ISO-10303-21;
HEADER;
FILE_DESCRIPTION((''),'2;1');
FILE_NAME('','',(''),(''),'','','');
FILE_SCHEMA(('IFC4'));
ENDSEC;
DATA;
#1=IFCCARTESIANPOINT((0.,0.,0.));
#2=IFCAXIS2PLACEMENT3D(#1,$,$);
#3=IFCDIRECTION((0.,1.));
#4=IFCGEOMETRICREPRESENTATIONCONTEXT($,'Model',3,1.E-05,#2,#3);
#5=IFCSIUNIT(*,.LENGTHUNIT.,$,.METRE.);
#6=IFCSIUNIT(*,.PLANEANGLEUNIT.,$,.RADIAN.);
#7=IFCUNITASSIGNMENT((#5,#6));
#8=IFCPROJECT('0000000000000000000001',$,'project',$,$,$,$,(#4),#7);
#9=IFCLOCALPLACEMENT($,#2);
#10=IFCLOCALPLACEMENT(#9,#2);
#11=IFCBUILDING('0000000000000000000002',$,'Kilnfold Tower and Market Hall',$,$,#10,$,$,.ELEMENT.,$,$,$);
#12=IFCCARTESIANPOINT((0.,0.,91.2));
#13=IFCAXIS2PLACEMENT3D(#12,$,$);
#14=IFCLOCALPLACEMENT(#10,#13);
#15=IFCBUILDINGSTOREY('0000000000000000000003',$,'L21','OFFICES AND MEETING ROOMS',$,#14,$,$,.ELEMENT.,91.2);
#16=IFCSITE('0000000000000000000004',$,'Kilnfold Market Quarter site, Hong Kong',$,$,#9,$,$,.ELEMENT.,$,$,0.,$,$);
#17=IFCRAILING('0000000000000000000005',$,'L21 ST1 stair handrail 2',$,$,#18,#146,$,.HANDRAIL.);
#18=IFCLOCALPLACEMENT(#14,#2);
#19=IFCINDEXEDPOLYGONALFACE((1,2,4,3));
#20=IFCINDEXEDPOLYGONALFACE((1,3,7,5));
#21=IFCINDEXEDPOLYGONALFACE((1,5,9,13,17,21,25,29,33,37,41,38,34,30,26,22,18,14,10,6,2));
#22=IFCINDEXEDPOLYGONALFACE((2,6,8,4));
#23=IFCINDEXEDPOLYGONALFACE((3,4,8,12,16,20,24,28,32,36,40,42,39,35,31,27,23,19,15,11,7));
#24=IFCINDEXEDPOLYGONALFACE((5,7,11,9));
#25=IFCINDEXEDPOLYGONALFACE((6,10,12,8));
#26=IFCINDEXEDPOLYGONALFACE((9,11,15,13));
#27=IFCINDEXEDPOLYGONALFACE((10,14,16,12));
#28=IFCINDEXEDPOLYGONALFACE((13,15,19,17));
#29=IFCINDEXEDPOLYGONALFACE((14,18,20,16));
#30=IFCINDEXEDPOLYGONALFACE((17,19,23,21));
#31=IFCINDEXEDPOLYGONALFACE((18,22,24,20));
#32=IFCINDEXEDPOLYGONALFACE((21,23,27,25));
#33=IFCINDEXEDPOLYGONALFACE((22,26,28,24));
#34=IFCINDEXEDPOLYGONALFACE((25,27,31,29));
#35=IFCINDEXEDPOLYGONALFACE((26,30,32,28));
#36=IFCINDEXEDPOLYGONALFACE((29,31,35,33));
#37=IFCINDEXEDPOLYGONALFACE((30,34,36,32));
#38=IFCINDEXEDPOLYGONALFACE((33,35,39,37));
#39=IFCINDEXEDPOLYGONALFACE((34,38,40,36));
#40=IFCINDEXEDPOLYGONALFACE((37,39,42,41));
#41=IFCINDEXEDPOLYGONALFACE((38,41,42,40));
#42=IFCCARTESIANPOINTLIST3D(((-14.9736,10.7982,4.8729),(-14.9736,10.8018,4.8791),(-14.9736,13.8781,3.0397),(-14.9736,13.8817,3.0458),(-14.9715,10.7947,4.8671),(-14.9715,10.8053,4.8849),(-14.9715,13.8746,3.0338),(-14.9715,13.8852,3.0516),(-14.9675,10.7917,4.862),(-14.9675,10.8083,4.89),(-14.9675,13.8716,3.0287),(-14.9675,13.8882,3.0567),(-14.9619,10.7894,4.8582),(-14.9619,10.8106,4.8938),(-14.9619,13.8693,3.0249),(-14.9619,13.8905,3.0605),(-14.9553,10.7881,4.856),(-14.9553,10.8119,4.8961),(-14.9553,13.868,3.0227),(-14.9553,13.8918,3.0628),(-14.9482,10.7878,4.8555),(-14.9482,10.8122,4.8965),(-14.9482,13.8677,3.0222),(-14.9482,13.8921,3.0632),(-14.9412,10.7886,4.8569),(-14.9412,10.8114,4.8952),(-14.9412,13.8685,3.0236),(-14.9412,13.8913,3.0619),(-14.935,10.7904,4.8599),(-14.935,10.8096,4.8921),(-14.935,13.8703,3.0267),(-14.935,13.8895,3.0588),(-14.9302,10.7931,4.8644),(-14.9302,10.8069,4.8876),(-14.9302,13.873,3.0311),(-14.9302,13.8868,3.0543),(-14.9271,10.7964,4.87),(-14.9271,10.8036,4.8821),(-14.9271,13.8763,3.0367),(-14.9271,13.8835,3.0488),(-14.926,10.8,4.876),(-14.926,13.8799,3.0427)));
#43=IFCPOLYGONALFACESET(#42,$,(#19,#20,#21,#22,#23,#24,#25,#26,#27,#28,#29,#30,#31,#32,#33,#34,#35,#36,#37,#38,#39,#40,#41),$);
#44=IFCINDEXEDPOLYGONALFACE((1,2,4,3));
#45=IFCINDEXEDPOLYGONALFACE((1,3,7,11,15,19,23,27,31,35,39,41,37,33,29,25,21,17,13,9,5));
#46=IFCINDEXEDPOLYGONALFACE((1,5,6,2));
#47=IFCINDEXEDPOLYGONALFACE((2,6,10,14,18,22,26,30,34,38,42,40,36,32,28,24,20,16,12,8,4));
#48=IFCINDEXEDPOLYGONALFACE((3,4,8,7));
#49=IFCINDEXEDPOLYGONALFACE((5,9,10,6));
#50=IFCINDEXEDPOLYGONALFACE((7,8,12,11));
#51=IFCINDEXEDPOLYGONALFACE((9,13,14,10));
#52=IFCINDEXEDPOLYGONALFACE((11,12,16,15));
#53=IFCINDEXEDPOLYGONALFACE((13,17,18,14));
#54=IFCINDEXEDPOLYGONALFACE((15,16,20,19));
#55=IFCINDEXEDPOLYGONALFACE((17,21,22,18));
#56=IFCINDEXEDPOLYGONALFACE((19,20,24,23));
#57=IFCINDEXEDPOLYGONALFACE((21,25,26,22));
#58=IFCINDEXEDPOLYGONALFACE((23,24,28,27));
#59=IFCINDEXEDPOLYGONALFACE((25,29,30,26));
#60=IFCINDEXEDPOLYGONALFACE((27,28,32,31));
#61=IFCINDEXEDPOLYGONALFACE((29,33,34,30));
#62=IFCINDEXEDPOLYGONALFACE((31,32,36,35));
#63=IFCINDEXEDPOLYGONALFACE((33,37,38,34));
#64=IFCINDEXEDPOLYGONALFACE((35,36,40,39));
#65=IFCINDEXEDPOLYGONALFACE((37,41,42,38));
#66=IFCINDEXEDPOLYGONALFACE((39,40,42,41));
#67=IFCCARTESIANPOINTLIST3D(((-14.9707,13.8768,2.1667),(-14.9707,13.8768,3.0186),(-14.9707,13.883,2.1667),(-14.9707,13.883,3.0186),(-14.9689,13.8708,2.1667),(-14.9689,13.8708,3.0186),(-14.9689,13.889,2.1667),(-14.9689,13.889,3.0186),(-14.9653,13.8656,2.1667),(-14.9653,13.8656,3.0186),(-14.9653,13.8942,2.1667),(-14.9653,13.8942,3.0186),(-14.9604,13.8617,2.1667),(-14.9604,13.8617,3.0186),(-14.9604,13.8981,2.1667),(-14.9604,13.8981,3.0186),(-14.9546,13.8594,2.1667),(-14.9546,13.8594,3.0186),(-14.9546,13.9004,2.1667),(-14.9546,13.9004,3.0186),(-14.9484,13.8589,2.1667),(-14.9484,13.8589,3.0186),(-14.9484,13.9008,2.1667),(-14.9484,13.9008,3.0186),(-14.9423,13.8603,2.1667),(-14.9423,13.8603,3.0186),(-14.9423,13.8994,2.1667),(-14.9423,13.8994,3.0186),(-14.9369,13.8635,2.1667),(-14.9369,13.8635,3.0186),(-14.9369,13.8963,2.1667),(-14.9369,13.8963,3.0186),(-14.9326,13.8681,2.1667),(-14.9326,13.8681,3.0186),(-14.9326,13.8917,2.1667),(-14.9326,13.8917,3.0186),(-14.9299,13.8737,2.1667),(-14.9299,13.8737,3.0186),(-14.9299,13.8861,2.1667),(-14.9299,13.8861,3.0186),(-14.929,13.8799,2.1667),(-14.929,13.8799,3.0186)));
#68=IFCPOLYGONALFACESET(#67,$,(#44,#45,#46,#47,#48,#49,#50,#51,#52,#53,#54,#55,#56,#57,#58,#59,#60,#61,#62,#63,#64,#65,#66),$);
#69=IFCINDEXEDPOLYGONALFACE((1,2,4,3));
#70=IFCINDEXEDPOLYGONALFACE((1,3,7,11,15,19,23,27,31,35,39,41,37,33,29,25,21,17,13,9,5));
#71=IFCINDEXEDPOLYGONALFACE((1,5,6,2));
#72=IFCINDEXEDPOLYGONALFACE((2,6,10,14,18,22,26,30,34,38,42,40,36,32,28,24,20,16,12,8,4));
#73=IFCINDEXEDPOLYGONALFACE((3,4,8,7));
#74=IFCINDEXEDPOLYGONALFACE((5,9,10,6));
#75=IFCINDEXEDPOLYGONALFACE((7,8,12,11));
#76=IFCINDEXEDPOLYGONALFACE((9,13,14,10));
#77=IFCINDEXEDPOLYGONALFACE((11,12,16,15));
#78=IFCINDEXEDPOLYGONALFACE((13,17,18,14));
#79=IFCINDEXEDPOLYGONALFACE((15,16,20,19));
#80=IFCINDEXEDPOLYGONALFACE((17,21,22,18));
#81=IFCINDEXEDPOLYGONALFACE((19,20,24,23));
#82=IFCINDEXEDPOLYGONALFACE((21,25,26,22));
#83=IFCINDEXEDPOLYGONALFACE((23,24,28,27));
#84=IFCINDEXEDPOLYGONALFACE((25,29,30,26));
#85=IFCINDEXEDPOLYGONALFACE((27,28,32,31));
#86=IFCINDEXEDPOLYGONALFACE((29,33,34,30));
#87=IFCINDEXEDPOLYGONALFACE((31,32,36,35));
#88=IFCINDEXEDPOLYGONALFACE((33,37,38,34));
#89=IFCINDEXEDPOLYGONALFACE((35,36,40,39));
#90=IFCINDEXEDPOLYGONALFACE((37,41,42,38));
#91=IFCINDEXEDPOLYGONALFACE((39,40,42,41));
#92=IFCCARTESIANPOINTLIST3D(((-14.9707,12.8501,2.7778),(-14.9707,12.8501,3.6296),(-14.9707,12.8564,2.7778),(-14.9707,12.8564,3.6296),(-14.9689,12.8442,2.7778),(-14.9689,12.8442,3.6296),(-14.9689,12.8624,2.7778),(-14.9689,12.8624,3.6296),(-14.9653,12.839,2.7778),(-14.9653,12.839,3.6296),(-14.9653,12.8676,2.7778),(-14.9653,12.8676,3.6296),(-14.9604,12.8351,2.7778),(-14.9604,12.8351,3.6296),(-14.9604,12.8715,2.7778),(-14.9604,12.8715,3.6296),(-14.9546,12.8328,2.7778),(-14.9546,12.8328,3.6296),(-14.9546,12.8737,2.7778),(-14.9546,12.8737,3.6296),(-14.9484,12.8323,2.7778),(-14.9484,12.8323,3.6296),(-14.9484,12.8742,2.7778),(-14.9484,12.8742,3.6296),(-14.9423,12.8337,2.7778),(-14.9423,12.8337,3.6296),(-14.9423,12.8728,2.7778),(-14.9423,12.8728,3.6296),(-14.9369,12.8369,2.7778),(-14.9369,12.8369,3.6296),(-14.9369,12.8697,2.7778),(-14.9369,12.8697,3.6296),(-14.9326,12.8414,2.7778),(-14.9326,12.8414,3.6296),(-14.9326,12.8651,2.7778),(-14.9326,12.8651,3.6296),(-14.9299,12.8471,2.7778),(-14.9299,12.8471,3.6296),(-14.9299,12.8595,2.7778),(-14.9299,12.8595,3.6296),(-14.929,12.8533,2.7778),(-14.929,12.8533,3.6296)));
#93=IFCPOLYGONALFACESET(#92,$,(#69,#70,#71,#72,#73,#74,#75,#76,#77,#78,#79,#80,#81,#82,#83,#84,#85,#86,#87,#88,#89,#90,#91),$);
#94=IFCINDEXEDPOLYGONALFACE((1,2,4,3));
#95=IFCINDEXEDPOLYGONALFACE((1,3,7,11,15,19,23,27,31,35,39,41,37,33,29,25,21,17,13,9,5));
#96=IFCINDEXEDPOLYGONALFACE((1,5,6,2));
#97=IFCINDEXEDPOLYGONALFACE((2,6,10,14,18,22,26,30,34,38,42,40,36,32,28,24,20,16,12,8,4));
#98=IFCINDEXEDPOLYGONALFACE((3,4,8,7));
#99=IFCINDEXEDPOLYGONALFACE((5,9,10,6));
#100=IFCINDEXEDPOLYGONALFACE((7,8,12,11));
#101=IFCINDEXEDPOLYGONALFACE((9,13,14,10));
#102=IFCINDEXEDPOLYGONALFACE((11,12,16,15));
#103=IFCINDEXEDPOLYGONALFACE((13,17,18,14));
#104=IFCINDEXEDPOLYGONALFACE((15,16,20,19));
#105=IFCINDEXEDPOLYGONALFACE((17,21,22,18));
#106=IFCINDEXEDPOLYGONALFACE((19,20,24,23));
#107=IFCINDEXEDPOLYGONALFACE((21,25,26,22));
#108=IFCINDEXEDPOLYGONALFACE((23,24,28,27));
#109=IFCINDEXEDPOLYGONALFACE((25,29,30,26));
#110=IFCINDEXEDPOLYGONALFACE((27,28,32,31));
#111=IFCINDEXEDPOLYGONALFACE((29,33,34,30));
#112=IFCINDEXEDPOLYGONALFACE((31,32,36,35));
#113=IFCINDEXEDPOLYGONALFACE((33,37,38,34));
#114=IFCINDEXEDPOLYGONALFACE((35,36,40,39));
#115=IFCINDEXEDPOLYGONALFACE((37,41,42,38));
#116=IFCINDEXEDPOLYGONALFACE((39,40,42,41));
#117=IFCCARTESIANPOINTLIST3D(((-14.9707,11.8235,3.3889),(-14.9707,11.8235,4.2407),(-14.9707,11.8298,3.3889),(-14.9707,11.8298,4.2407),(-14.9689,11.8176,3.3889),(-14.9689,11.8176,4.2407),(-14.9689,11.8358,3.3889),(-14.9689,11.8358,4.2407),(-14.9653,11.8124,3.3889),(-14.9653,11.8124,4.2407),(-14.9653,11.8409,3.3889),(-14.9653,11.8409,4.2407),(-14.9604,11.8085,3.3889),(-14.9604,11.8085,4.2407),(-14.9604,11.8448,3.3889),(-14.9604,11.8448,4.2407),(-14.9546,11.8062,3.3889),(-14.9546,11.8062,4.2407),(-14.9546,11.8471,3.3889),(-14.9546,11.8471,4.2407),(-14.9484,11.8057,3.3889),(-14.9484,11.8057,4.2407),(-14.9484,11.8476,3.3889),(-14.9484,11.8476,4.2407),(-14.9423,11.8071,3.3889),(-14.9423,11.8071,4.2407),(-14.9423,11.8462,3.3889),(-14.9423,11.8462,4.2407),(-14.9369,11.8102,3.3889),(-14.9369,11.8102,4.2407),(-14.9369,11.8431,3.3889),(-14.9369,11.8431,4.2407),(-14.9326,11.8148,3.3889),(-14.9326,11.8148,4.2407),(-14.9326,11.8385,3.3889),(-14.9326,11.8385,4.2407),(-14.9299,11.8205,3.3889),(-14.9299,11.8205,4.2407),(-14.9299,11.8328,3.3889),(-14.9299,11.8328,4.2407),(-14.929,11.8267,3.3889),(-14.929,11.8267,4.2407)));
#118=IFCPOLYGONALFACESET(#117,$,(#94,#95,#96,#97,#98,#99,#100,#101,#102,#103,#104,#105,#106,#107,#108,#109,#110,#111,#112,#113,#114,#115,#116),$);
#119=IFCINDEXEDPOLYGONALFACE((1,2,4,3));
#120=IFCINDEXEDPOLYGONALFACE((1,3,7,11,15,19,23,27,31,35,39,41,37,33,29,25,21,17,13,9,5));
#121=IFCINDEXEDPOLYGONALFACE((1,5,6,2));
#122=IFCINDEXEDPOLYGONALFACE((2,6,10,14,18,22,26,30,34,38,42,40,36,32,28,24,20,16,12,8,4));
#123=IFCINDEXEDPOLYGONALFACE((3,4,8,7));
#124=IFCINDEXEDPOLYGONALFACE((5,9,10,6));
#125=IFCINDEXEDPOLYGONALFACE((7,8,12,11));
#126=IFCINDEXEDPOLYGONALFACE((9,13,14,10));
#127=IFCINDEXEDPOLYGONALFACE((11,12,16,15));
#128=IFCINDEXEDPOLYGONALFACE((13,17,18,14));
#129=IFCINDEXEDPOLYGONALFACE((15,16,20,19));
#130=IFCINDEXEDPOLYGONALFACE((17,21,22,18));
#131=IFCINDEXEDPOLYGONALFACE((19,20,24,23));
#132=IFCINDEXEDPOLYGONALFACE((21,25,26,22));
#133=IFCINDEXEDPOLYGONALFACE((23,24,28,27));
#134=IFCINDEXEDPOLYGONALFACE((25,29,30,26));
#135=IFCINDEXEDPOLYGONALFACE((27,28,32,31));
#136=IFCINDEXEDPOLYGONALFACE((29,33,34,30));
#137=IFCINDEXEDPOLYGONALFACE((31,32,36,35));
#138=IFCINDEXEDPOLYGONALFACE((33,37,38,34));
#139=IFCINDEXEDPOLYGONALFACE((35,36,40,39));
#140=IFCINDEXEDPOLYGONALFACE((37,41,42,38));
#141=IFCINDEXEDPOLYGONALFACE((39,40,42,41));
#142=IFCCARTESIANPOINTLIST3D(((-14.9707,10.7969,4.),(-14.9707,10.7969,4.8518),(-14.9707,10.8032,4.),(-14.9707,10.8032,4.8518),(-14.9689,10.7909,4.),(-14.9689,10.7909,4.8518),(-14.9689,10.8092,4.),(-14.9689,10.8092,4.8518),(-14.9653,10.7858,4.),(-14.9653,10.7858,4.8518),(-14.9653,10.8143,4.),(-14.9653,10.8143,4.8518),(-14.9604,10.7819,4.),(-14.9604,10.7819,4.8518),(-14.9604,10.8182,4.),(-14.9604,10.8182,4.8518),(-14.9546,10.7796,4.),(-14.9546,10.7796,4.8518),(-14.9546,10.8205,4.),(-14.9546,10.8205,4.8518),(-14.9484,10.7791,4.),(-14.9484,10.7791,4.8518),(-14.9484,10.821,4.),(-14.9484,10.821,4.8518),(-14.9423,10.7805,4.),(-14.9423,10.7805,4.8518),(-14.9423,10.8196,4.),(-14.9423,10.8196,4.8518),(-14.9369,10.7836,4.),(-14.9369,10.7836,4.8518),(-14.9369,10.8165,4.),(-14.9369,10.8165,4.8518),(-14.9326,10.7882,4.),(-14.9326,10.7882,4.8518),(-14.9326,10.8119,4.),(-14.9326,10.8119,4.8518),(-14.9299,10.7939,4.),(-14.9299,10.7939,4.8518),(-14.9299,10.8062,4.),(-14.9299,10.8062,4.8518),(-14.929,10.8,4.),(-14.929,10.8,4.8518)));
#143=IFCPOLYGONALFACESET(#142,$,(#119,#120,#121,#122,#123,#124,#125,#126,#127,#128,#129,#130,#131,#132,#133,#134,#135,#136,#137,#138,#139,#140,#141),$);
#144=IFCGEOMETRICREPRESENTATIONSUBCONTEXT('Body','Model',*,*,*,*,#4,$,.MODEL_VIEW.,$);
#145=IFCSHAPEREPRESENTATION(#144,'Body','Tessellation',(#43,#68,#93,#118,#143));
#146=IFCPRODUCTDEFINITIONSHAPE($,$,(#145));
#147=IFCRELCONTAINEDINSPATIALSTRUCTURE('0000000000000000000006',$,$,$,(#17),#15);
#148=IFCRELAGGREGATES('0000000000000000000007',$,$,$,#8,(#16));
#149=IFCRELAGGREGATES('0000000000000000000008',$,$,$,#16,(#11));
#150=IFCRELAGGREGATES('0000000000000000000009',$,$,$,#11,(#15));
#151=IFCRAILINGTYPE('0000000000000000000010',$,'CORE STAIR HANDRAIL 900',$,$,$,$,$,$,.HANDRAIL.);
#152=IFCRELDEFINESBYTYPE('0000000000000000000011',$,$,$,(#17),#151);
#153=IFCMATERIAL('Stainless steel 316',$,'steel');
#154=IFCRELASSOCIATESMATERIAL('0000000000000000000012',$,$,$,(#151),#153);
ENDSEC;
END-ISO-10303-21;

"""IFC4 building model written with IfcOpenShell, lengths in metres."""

from ifc_helpers import new_model, si_unit, direction, frame, origin, origin_2d, place, context, subcontext, project, spatial, circle, extrude, material, type_object, element, save


model = new_model("IFC4")

# Units and contexts
model_context = context("Model", 3, precision=1e-05, world=origin(), true_north=direction((0.0, 1.0)))
body_context = subcontext(model_context, "Body", "Model", "MODEL_VIEW")
ifc_project = project(units=[si_unit("LENGTHUNIT", "METRE"), si_unit("PLANEANGLEUNIT", "RADIAN")], contexts=[model_context])

# Site, building, storey
site_placement = place(None, origin())
site = spatial("IfcSite", under=ifc_project, at=site_placement, Name="Kilnfold Market Quarter site, Hong Kong", CompositionType="ELEMENT", RefElevation=0.0)
building_placement = place(site_placement, origin())
building = spatial("IfcBuilding", under=site, at=building_placement, Name="Kilnfold Tower and Market Hall", CompositionType="ELEMENT")
storey_placement = place(building_placement, frame((0.0, 0.0, 91.2)))
storey = spatial("IfcBuildingStorey", under=building, at=storey_placement, Name="L21", Description="OFFICES AND MEETING ROOMS", CompositionType="ELEMENT", Elevation=91.2)

# Railing
ifc_material_1 = material(Name="Stainless steel 316", Category="steel")
railing_type_1 = type_object("IfcRailingType", Name="CORE STAIR HANDRAIL 900", PredefinedType="HANDRAIL", material=ifc_material_1)
railing_1_placement = place(storey_placement, frame((-14.95, 13.8799, 2.1667)))
element("IfcRailing", 1, at=railing_1_placement, inside=storey, type_object=railing_type_1, Name="L21 ST1 stair handrail 2", PredefinedType="HANDRAIL", context=body_context, shape_type="SweptSolid", body=[
    extrude(circle(Radius=0.0239, at=origin_2d()), frame((0.0, 0.0, 0.876), z_axis=(0.0, -0.859291, 0.511487), x_axis=(1.0, 0.0, 0.0)), (0.0, 0.0, 1.0), 3.5842),
    extrude(circle(Radius=0.021, at=origin_2d()), origin(), (0.0, 0.0, 1.0), 0.8518),
    extrude(circle(Radius=0.021, at=origin_2d()), frame((0.0, -1.0266, 0.6111)), (0.0, 0.0, 1.0), 0.8518),
    extrude(circle(Radius=0.021, at=origin_2d()), frame((0.0, -2.0532, 1.2222)), (0.0, 0.0, 1.0), 0.8518),
    extrude(circle(Radius=0.021, at=origin_2d()), frame((0.0, -3.0798, 1.8333)), (0.0, 0.0, 1.0), 0.8518),
])

save(model, "model.ifc")
